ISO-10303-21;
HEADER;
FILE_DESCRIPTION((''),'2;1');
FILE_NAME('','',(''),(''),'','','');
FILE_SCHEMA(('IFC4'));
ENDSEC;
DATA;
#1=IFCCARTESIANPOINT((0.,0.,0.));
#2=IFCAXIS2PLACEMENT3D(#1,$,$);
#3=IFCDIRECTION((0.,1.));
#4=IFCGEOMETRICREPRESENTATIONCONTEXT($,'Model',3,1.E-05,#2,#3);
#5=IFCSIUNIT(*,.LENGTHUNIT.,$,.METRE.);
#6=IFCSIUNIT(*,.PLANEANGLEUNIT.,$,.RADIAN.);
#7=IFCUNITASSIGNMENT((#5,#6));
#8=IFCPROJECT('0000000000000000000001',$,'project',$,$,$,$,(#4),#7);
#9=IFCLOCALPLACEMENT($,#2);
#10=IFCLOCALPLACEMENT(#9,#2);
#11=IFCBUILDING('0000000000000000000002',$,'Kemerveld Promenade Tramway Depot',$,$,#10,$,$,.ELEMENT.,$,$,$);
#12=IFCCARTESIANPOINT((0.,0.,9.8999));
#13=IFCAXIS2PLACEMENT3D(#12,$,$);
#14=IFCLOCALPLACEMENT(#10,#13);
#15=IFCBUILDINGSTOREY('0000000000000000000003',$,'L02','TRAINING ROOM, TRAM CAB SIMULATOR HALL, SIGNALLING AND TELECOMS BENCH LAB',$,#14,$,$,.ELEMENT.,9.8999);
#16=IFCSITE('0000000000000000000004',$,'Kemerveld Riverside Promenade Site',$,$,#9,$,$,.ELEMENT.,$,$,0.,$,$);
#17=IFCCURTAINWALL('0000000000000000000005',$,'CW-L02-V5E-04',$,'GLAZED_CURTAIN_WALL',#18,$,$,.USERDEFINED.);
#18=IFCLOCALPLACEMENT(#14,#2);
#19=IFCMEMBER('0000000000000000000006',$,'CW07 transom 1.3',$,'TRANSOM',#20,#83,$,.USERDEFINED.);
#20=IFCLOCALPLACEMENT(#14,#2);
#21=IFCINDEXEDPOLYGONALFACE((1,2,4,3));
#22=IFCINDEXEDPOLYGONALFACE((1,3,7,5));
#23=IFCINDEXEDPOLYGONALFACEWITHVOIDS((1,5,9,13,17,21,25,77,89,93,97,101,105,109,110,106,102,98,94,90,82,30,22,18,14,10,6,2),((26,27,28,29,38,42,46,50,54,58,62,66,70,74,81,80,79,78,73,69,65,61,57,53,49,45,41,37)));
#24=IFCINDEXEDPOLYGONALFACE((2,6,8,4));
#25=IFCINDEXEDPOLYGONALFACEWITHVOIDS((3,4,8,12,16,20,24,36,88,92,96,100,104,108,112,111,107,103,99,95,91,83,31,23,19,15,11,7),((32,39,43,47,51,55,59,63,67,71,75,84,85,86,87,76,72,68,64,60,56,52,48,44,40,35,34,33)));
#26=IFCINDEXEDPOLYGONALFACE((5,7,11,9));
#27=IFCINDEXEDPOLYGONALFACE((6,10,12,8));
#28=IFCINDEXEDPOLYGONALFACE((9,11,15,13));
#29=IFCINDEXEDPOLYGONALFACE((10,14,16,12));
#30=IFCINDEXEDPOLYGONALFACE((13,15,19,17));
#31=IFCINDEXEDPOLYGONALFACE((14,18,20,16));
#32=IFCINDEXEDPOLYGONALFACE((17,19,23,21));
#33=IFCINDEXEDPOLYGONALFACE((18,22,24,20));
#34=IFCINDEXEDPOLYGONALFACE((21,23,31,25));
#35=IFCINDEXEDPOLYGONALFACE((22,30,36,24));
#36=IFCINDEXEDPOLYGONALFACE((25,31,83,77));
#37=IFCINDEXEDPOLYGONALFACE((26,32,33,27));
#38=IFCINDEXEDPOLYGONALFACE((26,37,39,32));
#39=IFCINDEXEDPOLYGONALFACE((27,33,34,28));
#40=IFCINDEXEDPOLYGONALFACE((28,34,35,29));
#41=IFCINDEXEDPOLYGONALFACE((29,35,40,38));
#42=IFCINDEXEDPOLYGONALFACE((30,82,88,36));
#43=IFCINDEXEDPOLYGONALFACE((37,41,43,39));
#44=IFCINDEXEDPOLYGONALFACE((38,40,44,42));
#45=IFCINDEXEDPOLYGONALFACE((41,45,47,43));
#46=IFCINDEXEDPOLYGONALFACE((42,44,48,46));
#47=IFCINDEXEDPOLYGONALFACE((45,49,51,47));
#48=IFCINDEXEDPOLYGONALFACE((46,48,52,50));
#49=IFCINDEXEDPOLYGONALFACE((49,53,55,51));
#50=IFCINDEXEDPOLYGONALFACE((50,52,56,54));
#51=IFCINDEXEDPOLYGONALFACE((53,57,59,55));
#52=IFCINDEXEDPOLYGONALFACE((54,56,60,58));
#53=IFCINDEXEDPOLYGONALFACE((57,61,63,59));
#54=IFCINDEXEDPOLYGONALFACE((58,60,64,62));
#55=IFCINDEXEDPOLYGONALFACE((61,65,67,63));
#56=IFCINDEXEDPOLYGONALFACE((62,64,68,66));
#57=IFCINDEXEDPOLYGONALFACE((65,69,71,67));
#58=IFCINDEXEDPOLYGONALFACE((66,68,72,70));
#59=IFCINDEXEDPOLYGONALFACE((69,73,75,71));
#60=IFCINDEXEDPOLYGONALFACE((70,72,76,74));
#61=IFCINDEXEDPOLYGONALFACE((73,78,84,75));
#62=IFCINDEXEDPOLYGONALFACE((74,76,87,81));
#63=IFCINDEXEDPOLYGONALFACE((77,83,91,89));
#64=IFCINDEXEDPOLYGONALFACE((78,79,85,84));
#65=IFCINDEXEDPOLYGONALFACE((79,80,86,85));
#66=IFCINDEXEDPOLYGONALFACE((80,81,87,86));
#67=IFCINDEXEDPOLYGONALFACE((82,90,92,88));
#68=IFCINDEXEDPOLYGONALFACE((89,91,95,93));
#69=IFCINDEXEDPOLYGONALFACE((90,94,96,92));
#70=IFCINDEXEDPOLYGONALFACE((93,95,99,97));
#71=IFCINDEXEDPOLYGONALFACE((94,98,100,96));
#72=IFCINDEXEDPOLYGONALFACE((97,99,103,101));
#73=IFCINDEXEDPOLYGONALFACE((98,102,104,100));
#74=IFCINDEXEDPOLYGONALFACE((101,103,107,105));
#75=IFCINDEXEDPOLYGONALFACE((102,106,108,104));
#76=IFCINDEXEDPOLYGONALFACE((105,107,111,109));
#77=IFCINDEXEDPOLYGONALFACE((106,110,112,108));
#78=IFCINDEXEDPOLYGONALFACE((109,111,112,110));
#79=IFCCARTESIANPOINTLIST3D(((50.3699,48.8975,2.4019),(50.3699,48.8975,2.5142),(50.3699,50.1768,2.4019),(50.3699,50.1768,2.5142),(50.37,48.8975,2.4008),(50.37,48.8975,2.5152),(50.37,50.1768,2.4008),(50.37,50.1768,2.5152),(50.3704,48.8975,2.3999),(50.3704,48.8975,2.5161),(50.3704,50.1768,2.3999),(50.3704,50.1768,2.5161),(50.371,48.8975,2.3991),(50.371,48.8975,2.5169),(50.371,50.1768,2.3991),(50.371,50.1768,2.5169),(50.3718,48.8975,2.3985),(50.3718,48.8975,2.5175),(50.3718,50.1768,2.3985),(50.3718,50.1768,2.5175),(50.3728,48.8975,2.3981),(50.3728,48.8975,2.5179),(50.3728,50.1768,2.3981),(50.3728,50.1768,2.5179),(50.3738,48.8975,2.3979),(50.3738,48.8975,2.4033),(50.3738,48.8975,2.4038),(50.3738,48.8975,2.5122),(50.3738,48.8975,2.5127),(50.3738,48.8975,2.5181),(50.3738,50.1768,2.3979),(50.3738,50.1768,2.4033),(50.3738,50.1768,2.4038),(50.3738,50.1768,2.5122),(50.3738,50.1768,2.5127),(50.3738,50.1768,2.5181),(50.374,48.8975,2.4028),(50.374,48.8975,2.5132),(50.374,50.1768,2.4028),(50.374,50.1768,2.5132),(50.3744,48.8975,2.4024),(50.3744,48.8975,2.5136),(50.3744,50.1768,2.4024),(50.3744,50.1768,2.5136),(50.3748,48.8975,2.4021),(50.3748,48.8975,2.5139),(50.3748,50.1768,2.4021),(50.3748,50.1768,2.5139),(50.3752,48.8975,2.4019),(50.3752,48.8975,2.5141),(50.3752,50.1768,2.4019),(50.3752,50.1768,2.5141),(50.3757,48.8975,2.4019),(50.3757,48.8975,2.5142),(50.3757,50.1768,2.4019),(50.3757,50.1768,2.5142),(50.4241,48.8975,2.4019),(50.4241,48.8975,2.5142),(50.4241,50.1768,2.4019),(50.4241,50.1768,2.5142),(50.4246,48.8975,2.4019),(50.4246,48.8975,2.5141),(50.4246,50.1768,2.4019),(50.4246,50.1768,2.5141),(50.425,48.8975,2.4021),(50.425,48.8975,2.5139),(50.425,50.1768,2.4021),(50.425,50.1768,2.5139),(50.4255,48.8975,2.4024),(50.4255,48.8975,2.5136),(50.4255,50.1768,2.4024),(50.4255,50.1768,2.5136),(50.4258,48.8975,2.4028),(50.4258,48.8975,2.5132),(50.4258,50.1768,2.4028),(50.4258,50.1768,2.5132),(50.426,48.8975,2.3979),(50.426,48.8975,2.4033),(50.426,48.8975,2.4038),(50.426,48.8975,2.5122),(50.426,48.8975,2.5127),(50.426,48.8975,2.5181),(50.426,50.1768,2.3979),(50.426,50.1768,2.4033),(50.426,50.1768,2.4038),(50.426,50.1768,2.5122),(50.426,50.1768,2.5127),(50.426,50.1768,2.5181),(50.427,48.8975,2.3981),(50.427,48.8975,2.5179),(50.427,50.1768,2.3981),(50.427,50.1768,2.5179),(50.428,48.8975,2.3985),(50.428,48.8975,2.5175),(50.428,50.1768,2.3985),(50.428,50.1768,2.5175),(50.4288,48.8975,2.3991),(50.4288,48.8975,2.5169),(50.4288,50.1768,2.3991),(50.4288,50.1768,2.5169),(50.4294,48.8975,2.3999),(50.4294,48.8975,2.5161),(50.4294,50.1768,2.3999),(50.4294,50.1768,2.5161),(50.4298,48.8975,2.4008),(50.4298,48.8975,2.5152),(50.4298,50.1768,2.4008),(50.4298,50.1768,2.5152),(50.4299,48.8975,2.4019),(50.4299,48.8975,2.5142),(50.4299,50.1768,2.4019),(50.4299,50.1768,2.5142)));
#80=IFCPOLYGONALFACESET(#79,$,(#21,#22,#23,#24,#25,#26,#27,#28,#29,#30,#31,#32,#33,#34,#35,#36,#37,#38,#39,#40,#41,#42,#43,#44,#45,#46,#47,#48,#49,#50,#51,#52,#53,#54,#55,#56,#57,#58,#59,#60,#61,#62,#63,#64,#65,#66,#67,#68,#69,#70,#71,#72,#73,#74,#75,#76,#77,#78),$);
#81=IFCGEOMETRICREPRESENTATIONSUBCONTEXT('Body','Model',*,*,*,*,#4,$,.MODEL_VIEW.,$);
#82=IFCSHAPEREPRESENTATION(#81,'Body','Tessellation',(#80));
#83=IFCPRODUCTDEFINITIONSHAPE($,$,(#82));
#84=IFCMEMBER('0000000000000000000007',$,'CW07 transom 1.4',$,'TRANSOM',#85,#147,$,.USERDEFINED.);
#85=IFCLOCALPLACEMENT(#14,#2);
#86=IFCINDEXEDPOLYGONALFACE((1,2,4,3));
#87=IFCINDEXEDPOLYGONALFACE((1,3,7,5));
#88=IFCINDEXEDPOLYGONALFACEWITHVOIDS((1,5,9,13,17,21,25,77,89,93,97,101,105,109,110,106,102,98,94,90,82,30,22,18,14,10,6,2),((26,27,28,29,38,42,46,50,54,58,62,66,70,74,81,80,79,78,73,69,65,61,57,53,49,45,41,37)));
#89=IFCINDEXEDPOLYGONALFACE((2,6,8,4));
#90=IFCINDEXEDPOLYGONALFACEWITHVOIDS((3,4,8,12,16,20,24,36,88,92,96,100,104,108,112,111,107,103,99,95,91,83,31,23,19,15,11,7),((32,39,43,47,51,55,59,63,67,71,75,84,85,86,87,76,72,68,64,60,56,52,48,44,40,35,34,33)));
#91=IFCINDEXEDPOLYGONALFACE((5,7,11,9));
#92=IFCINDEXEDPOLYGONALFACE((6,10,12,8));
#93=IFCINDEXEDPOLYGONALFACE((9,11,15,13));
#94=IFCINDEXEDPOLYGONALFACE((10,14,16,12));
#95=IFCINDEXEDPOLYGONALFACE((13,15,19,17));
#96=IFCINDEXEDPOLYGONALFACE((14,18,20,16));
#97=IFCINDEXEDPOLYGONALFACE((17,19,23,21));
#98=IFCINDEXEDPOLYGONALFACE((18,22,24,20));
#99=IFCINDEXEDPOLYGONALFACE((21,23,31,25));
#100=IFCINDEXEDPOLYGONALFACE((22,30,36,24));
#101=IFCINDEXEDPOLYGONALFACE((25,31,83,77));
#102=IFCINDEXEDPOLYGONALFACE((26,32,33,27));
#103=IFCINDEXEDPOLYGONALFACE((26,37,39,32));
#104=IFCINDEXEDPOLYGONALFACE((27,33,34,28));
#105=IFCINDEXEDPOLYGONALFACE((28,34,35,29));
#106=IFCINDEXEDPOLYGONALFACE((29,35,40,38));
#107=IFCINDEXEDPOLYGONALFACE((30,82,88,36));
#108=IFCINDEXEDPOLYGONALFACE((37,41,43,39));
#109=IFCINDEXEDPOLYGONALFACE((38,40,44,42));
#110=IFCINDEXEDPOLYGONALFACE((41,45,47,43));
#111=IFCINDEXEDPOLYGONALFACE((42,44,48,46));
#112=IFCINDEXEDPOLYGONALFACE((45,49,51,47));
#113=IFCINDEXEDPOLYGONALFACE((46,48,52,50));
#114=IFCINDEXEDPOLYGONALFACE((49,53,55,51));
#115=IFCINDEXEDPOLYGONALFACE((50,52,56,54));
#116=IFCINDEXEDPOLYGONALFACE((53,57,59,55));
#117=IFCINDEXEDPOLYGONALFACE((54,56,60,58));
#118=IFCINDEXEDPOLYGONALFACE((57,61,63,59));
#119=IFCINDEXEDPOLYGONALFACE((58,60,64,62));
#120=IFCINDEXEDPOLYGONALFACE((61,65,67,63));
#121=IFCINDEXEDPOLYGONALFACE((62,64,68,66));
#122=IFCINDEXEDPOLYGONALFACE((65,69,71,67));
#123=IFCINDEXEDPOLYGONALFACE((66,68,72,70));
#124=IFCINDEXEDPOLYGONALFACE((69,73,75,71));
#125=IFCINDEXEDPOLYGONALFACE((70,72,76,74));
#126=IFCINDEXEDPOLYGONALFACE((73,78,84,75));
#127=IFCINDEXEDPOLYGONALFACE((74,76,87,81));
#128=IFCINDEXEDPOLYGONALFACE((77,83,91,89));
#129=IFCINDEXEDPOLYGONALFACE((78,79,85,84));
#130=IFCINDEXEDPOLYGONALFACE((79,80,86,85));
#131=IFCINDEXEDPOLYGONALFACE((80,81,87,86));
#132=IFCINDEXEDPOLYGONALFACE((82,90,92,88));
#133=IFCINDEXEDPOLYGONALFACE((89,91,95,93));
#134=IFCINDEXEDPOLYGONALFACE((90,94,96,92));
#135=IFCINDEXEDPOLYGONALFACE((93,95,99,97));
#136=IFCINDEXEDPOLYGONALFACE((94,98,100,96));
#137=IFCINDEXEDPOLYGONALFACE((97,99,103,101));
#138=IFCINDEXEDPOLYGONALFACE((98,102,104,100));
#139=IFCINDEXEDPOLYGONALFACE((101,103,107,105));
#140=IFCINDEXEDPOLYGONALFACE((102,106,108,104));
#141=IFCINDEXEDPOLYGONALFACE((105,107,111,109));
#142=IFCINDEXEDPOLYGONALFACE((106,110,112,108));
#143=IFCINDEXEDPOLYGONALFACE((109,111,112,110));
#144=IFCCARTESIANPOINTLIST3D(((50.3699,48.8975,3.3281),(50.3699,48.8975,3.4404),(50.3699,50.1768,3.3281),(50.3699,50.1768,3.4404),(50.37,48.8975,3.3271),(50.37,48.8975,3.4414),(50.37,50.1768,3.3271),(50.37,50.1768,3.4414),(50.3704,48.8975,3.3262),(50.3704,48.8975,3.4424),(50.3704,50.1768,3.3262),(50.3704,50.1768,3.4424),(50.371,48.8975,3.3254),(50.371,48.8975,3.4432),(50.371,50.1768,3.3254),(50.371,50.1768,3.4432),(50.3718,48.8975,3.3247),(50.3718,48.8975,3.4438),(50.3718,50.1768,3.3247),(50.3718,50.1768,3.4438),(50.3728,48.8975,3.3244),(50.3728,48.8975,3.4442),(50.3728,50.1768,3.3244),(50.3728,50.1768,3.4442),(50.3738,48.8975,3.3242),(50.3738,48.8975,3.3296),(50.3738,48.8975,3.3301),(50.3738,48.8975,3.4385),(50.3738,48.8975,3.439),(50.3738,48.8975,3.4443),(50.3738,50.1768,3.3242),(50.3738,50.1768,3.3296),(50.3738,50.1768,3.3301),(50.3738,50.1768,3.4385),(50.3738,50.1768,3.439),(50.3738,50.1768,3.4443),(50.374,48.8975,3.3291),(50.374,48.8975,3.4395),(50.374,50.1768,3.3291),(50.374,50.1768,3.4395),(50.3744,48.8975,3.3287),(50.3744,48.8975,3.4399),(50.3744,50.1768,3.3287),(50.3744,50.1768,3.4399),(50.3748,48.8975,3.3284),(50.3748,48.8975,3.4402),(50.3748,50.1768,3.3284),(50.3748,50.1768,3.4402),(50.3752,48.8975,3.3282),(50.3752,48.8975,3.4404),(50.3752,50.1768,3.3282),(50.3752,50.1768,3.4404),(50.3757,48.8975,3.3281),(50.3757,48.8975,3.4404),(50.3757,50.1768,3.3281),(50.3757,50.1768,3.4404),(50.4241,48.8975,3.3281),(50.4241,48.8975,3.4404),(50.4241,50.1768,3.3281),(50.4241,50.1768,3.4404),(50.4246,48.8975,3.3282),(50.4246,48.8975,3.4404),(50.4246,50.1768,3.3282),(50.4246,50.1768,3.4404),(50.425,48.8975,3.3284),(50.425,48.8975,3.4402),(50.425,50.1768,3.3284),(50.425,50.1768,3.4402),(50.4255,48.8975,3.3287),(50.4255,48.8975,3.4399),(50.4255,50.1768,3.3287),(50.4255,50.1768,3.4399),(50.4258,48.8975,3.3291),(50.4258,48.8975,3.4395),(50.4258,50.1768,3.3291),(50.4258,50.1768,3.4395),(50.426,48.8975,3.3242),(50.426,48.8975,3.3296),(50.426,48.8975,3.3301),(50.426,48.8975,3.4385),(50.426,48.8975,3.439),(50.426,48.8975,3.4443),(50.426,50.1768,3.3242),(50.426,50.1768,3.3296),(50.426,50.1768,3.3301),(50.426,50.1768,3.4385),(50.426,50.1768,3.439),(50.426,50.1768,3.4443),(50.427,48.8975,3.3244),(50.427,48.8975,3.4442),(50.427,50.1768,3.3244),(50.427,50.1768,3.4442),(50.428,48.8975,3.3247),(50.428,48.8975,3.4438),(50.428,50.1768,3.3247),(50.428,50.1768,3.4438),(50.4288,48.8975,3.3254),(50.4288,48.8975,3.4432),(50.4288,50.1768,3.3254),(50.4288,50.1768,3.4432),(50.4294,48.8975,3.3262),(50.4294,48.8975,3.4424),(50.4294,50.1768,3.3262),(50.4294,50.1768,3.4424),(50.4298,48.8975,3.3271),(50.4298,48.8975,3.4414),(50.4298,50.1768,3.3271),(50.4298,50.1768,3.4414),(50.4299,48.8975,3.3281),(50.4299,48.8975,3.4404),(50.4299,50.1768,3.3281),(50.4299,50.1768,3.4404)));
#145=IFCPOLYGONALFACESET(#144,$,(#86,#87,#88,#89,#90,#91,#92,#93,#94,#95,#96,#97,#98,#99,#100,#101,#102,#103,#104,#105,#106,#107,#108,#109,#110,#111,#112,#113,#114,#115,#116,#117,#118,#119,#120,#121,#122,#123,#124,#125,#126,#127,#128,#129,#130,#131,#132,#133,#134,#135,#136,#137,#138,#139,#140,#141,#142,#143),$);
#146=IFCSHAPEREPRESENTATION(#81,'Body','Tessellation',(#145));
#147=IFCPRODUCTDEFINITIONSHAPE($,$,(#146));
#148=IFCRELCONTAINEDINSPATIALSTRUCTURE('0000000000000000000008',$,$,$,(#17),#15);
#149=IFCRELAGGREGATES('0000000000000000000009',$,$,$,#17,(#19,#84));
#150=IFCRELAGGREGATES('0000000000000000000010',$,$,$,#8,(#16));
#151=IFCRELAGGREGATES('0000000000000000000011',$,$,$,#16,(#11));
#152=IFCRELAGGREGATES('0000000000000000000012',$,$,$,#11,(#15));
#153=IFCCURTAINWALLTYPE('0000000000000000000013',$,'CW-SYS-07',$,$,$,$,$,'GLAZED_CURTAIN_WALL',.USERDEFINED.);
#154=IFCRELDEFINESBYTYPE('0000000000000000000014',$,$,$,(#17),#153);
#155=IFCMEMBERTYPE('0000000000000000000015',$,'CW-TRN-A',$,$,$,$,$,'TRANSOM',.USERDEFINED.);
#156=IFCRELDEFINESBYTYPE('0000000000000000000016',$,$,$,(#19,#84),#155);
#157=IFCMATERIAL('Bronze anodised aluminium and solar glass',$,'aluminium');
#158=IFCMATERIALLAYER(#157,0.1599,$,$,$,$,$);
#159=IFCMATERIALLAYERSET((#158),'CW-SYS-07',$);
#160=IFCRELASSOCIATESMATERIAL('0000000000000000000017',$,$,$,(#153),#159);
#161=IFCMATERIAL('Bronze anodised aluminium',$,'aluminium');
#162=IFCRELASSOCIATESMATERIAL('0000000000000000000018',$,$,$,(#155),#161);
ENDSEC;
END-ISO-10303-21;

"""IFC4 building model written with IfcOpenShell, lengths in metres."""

from ifc_helpers import new_model, si_unit, direction, frame, origin, origin_2d, place, context, subcontext, project, spatial, hollow_rectangle, extrude, material, layer, layer_set, material_profile, profile_set, type_object, element, aggregate, save


model = new_model("IFC4")

# Units and contexts
model_context = context("Model", 3, precision=1e-05, world=origin(), true_north=direction((0.0, 1.0)))
body_context = subcontext(model_context, "Body", "Model", "MODEL_VIEW")
ifc_project = project(units=[si_unit("LENGTHUNIT", "METRE"), si_unit("PLANEANGLEUNIT", "RADIAN")], contexts=[model_context])

# Site, building, storey
site_placement = place(None, origin())
site = spatial("IfcSite", under=ifc_project, at=site_placement, Name="Kemerveld Riverside Promenade Site", CompositionType="ELEMENT", RefElevation=0.0)
building_placement = place(site_placement, origin())
building = spatial("IfcBuilding", under=site, at=building_placement, Name="Kemerveld Promenade Tramway Depot", CompositionType="ELEMENT")
storey_placement = place(building_placement, frame((0.0, 0.0, 9.8999)))
storey = spatial("IfcBuildingStorey", under=building, at=storey_placement, Name="L02", Description="TRAINING ROOM, TRAM CAB SIMULATOR HALL, SIGNALLING AND TELECOMS BENCH LAB", CompositionType="ELEMENT", Elevation=9.8999)

# Curtain wall, members
ifc_material_1 = material(Name="Bronze anodised aluminium and solar glass", Category="aluminium")
ifc_layer_1 = layer(ifc_material_1, 0.1599)
ifc_layer_set_1 = layer_set([ifc_layer_1], Name="CW-SYS-07")
curtain_wall_type = type_object("IfcCurtainWallType", Name="CW-SYS-07", ElementType="GLAZED_CURTAIN_WALL", PredefinedType="USERDEFINED", material=ifc_layer_set_1)
curtain_wall_placement = place(storey_placement, origin())
curtain_wall = element("IfcCurtainWall", 1, at=curtain_wall_placement, inside=storey, type_object=curtain_wall_type, Name="CW-L02-V5E-04", ObjectType="GLAZED_CURTAIN_WALL", PredefinedType="USERDEFINED")
ifc_material_2 = material(Name="Bronze anodised aluminium", Category="aluminium")
ifc_material_profile_1 = material_profile(ifc_material_2, hollow_rectangle(XDim=0.0601, YDim=0.1201, WallThickness=0.0039, InnerFilletRadius=0.002, OuterFilletRadius=0.0039, at=origin_2d()), Name="CW-TRN-120x60")
ifc_profile_set_1 = profile_set([ifc_material_profile_1], Name="Bronze anodised aluminium")
member_type_1 = type_object("IfcMemberType", Name="CW-TRN-A", ElementType="TRANSOM", PredefinedType="USERDEFINED", material=ifc_profile_set_1)
member_1_placement = place(storey_placement, frame((50.3999, 50.1768, 2.458), z_axis=(0.0, -1.0, 0.0), x_axis=(1.0, 0.0, 0.0)))
member_1 = element("IfcMember", 2, at=member_1_placement, type_object=member_type_1, Name="CW07 transom 1.3", ObjectType="TRANSOM", PredefinedType="USERDEFINED", context=body_context, shape_type="SweptSolid", body=[
    extrude(hollow_rectangle(XDim=0.0601, YDim=0.1201, WallThickness=0.0039, InnerFilletRadius=0.002, OuterFilletRadius=0.0039, at=origin_2d()), origin(), (0.0, 0.0, 1.0), 1.2793),
])
member_2_placement = place(storey_placement, frame((50.3999, 50.1768, 3.3843), z_axis=(0.0, -1.0, 0.0), x_axis=(1.0, 0.0, 0.0)))
member_2 = element("IfcMember", 3, at=member_2_placement, type_object=member_type_1, Name="CW07 transom 1.4", ObjectType="TRANSOM", PredefinedType="USERDEFINED", context=body_context, shape_type="SweptSolid", body=[
    extrude(hollow_rectangle(XDim=0.0601, YDim=0.1201, WallThickness=0.0039, InnerFilletRadius=0.002, OuterFilletRadius=0.0039, at=origin_2d()), origin(), (0.0, 0.0, 1.0), 1.2793),
])
aggregate(curtain_wall, [member_1, member_2])

save(model, "model.ifc")
